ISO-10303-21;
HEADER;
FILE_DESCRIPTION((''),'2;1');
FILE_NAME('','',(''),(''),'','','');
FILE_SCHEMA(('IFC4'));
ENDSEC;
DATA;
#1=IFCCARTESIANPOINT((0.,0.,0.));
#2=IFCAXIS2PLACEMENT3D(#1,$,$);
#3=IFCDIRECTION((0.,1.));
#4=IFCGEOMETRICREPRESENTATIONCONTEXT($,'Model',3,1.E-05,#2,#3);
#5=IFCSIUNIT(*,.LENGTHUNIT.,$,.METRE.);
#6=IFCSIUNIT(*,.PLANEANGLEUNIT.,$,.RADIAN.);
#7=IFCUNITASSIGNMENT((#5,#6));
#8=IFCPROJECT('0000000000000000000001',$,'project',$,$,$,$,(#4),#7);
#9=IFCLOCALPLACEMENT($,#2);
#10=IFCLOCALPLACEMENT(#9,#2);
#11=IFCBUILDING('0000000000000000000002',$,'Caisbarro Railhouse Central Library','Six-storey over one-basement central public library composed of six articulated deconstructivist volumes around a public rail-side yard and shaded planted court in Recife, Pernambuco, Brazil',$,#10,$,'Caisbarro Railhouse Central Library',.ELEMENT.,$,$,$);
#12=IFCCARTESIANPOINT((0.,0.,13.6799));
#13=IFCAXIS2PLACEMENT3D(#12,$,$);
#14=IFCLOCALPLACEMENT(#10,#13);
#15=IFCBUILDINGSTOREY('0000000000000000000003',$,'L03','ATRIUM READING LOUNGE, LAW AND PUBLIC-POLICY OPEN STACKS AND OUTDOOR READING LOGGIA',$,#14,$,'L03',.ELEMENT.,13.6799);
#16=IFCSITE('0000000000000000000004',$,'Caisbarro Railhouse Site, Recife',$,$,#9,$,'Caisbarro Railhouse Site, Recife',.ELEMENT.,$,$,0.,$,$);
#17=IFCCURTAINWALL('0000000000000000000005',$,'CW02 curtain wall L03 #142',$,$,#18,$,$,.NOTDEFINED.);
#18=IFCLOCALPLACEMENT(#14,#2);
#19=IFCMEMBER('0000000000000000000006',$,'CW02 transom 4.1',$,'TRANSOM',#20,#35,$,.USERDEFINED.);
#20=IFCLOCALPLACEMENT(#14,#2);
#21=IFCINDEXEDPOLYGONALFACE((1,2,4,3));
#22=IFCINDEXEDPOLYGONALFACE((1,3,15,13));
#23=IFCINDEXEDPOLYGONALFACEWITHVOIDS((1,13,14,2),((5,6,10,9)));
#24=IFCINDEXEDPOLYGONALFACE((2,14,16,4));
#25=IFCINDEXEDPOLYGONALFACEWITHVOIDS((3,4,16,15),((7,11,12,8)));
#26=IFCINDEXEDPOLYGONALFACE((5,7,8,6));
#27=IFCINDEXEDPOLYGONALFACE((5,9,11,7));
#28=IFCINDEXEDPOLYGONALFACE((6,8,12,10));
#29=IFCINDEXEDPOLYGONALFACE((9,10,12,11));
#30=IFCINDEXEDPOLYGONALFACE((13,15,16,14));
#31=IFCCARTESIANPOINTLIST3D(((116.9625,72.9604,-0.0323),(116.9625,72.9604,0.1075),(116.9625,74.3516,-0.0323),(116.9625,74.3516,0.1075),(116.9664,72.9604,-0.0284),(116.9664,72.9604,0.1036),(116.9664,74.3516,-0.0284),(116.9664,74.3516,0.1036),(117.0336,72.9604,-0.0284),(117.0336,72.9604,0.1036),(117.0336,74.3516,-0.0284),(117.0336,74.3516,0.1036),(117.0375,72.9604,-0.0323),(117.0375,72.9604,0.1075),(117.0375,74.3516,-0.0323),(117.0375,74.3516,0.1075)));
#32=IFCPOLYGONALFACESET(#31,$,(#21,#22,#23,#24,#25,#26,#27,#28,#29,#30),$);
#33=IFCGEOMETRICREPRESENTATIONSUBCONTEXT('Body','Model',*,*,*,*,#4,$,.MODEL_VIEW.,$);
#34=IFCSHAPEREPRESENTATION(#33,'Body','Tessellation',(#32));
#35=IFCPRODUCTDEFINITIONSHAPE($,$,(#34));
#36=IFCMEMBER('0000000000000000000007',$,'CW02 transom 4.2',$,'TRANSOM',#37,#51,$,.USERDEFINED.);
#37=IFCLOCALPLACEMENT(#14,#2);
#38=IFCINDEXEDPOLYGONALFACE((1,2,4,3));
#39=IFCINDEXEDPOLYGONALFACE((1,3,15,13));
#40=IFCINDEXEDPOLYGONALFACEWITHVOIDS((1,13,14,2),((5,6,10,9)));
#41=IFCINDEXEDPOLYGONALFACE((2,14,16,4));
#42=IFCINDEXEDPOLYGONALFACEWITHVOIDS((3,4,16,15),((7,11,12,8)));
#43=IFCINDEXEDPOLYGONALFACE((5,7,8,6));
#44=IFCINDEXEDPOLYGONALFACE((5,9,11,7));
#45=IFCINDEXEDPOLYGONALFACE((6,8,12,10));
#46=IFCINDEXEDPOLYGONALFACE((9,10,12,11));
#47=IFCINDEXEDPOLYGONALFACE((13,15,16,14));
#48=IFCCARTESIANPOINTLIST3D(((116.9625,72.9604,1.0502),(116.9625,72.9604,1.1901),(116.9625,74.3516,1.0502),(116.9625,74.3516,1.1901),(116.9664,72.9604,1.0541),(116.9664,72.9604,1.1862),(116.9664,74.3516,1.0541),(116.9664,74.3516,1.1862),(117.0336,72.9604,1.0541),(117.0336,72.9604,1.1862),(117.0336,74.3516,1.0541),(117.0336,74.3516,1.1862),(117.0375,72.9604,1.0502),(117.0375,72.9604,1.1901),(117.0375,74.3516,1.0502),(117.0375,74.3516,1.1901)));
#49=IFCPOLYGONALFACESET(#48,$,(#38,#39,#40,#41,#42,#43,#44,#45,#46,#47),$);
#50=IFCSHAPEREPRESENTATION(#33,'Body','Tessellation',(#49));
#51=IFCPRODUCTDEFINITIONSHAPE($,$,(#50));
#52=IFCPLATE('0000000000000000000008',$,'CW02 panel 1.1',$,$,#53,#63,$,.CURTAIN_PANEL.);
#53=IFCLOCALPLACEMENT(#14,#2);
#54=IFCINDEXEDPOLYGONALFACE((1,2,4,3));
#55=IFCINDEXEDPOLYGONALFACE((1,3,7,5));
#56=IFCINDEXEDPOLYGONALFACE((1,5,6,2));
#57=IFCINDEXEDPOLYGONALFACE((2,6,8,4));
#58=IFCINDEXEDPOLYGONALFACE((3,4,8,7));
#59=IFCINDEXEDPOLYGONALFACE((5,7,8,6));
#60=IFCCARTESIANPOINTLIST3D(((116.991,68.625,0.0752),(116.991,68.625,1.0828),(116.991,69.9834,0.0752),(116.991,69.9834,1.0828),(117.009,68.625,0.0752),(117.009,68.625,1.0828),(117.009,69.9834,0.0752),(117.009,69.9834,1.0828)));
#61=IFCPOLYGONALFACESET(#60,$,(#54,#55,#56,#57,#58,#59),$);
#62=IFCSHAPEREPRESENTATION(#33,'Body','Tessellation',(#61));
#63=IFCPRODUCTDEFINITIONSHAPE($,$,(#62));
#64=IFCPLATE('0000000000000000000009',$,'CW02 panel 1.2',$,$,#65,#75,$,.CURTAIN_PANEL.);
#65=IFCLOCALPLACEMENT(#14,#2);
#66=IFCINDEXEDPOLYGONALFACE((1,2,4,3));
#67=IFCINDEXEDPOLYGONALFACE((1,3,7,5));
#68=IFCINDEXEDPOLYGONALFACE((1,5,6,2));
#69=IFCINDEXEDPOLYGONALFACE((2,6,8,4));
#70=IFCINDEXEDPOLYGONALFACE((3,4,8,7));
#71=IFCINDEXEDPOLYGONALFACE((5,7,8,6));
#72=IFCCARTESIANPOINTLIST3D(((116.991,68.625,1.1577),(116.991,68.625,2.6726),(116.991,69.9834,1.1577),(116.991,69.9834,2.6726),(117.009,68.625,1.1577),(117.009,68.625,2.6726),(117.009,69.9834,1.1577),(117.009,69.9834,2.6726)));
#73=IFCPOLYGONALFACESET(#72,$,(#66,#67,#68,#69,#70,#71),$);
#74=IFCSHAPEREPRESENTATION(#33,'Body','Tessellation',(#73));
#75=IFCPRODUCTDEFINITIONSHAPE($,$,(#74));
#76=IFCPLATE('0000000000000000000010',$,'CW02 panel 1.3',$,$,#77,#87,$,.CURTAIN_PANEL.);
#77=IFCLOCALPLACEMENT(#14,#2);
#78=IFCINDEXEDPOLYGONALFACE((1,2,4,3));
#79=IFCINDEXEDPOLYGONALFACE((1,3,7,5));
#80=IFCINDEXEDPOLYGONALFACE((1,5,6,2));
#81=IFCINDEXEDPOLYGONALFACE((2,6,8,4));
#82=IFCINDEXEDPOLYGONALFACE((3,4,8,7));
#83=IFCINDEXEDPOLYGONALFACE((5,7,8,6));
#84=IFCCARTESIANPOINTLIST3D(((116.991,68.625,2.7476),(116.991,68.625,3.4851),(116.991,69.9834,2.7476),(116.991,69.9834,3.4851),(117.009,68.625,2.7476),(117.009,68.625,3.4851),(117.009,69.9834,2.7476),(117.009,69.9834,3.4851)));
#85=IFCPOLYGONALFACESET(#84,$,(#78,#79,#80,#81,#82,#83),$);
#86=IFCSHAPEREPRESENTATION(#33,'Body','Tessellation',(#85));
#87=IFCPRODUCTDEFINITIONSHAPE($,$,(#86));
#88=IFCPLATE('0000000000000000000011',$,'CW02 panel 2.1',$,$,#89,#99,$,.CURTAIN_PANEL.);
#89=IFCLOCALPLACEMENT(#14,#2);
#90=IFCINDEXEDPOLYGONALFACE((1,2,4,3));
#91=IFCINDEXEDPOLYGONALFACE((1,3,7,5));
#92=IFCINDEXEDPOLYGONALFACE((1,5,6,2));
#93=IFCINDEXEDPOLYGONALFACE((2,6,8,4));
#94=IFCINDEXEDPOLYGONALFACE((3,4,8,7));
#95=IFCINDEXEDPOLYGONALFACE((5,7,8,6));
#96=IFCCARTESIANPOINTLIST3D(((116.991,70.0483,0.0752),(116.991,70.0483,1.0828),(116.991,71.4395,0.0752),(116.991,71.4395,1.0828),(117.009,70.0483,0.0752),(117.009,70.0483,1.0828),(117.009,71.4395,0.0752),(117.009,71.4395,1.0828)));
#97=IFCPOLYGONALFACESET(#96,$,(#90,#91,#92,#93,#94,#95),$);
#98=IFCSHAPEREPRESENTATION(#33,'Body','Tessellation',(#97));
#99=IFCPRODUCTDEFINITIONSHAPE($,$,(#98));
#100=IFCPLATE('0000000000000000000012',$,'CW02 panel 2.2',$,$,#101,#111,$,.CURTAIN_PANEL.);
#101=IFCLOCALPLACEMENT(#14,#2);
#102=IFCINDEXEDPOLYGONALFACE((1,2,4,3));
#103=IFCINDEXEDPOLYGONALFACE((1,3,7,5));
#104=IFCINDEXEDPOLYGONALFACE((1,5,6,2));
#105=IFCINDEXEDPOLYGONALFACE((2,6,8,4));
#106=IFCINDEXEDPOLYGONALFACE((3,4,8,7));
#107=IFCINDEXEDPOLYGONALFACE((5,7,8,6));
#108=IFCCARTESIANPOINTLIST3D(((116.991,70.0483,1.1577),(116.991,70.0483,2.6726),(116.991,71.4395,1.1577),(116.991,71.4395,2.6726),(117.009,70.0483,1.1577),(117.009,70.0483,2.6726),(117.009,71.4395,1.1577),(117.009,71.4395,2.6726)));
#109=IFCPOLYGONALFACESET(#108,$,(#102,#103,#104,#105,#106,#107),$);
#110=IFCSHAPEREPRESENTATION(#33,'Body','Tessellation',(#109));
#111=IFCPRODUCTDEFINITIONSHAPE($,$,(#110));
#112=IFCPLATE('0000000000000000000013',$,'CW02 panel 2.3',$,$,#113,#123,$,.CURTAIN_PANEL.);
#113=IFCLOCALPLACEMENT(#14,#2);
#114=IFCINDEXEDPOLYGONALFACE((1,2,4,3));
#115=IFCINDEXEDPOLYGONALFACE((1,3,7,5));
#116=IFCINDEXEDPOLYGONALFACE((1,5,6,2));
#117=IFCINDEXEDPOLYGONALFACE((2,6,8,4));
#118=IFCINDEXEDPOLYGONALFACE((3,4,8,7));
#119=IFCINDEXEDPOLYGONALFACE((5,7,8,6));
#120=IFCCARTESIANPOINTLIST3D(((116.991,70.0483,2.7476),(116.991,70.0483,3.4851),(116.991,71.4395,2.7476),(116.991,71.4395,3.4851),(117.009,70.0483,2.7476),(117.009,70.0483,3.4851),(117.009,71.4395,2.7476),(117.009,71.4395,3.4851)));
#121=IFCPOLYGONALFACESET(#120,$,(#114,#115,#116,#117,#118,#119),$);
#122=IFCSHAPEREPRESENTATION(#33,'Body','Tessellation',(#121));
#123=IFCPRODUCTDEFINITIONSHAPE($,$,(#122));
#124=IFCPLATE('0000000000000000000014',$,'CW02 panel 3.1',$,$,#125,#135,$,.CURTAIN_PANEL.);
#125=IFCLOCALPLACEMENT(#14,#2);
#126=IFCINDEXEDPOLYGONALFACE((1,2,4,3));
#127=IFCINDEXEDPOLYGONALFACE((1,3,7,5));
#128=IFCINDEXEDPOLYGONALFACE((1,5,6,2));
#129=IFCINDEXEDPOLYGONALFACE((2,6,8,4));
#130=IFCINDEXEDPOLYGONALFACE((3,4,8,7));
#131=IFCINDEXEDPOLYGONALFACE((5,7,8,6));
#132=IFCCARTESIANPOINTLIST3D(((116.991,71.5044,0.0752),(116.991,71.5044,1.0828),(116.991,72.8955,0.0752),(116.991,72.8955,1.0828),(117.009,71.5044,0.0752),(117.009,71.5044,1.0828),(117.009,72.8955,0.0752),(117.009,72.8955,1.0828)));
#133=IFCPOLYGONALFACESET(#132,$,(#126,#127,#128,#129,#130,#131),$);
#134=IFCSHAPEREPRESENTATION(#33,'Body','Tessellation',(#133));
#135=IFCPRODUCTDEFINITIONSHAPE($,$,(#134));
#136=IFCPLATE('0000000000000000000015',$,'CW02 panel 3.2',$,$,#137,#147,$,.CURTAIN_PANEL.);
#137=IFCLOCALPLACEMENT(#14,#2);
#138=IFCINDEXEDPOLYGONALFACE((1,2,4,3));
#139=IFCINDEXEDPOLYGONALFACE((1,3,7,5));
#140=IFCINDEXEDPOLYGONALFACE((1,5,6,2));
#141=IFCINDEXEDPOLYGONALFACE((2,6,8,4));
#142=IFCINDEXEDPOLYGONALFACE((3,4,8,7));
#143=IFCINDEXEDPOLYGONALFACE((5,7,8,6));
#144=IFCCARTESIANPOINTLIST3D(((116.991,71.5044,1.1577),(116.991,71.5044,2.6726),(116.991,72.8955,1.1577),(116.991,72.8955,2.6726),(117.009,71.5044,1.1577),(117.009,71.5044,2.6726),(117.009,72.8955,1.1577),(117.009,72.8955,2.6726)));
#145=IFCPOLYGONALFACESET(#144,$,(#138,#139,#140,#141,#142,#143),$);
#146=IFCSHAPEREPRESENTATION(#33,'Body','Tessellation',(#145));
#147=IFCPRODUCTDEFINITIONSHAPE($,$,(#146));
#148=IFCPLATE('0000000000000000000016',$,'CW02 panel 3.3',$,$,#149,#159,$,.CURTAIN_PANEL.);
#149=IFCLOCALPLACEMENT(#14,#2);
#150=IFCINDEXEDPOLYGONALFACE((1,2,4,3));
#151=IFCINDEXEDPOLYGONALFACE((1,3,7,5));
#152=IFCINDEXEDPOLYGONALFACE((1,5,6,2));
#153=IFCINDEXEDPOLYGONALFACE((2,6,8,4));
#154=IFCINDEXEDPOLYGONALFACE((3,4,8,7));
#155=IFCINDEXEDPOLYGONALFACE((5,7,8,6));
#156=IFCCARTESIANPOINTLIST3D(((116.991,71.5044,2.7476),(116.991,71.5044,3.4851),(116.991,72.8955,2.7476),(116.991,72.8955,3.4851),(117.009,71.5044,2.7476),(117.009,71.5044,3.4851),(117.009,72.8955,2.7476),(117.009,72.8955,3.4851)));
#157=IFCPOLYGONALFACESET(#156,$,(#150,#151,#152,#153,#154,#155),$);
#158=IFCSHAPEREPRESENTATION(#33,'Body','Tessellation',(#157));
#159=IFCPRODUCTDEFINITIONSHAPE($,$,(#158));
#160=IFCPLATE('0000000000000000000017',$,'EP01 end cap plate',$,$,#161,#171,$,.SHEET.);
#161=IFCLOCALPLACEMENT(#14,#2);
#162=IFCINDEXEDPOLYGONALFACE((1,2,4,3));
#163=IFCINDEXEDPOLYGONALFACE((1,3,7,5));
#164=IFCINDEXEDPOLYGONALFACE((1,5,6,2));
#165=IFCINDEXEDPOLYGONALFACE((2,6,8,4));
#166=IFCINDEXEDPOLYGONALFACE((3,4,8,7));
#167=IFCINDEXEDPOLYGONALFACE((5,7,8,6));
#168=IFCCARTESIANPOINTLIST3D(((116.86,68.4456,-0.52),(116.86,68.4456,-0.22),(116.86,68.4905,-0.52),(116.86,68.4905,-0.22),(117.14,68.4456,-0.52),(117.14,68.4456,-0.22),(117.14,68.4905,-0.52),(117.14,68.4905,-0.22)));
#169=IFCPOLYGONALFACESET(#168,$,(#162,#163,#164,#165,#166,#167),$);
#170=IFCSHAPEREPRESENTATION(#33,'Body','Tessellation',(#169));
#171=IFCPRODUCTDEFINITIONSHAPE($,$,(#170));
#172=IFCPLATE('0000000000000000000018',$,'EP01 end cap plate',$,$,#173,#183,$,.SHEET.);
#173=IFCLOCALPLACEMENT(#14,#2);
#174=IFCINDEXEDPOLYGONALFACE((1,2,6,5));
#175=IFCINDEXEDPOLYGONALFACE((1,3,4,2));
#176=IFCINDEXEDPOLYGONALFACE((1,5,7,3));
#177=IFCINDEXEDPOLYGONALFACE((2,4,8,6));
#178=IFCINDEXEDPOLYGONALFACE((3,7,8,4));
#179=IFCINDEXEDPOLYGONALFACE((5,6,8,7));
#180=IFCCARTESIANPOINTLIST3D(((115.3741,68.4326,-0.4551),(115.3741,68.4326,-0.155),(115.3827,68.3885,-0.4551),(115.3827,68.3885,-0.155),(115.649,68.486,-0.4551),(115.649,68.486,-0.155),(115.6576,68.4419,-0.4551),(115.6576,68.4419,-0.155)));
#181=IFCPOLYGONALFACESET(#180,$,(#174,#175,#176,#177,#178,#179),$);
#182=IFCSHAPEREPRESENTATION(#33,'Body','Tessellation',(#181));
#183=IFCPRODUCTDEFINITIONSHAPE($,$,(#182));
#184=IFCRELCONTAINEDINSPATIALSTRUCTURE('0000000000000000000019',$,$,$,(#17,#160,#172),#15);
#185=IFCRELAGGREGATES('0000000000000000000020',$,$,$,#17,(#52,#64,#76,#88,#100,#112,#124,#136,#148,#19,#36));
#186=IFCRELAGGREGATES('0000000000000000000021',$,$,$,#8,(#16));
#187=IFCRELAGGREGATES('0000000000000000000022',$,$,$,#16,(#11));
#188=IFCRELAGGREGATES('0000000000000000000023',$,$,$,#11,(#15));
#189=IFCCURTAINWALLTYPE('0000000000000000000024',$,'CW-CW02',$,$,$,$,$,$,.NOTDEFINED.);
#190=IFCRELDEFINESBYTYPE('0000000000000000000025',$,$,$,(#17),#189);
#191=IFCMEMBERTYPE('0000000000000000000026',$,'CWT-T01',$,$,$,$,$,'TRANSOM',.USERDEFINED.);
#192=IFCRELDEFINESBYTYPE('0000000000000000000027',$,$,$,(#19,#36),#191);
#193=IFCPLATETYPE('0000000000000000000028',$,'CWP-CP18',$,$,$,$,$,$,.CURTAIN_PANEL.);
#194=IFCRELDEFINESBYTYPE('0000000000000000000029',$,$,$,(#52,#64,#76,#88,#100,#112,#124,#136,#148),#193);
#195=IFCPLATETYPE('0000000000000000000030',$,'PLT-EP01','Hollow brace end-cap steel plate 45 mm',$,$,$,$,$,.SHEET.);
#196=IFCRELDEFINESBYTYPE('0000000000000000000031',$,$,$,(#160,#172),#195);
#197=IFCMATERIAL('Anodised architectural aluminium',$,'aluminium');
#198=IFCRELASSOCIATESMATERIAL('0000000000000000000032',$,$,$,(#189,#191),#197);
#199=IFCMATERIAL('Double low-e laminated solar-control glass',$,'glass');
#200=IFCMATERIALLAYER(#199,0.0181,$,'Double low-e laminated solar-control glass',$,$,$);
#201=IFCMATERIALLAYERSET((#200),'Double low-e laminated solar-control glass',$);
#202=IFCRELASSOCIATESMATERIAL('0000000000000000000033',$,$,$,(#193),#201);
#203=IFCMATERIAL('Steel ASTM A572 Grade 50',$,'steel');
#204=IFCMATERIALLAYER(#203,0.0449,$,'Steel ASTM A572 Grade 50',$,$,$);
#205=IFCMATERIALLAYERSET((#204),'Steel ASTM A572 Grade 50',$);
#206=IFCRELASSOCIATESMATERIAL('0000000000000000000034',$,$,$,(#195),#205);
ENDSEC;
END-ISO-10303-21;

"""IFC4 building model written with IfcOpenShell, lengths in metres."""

from ifc_helpers import new_model, si_unit, direction, frame, origin, origin_2d, place, context, subcontext, project, spatial, rectangle, hollow_rectangle, extrude, material, layer, layer_set, material_profile, profile_set, type_object, element, aggregate, save


model = new_model("IFC4")

# Units and contexts
model_context = context("Model", 3, precision=1e-05, world=origin(), true_north=direction((0.0, 1.0)))
body_context = subcontext(model_context, "Body", "Model", "MODEL_VIEW")
ifc_project = project(units=[si_unit("LENGTHUNIT", "METRE"), si_unit("PLANEANGLEUNIT", "RADIAN")], contexts=[model_context])

# Site, building, storey
site_placement = place(None, origin())
site = spatial("IfcSite", under=ifc_project, at=site_placement, Name="Caisbarro Railhouse Site, Recife", LongName="Caisbarro Railhouse Site, Recife", CompositionType="ELEMENT", RefElevation=0.0)
building_placement = place(site_placement, origin())
building = spatial("IfcBuilding", under=site, at=building_placement, Name="Caisbarro Railhouse Central Library", Description="Six-storey over one-basement central public library composed of six articulated deconstructivist volumes around a public rail-side yard and shaded planted court in Recife, Pernambuco, Brazil", LongName="Caisbarro Railhouse Central Library", CompositionType="ELEMENT")
storey_placement = place(building_placement, frame((0.0, 0.0, 13.6799)))
storey = spatial("IfcBuildingStorey", under=building, at=storey_placement, Name="L03", Description="ATRIUM READING LOUNGE, LAW AND PUBLIC-POLICY OPEN STACKS AND OUTDOOR READING LOGGIA", LongName="L03", CompositionType="ELEMENT", Elevation=13.6799)

# Shared definitions
ifc_material_1 = material(Name="Steel ASTM A572 Grade 50", Category="steel")

# Curtain wall, members, plates
ifc_material_2 = material(Name="Anodised architectural aluminium", Category="aluminium")
curtain_wall_type = type_object("IfcCurtainWallType", Name="CW-CW02", PredefinedType="NOTDEFINED", material=ifc_material_2)
curtain_wall_placement = place(storey_placement, origin())
curtain_wall = element("IfcCurtainWall", 1, at=curtain_wall_placement, inside=storey, type_object=curtain_wall_type, Name="CW02 curtain wall L03 #142", PredefinedType="NOTDEFINED")
ifc_material_profile_1 = material_profile(ifc_material_2, hollow_rectangle(XDim=0.075, YDim=0.1399, WallThickness=0.0039, at=origin_2d()), Name="ALU-TRN-75X140")
ifc_profile_set_1 = profile_set([ifc_material_profile_1], Name="Anodised architectural aluminium")
member_type_1 = type_object("IfcMemberType", Name="CWT-T01", ElementType="TRANSOM", PredefinedType="USERDEFINED", material=ifc_profile_set_1)
member_1_placement = place(storey_placement, frame((117.0, 72.9604, 0.0376), z_axis=(0.0, 1.0, 0.0), x_axis=(-1.0, 0.0, 0.0)))
member_1 = element("IfcMember", 2, at=member_1_placement, type_object=member_type_1, Name="CW02 transom 4.1", ObjectType="TRANSOM", PredefinedType="USERDEFINED", context=body_context, shape_type="SweptSolid", body=[
    extrude(hollow_rectangle(XDim=0.075, YDim=0.1399, WallThickness=0.0039, at=origin_2d()), origin(), (0.0, 0.0, 1.0), 1.3911),
])
member_2_placement = place(storey_placement, frame((117.0, 72.9604, 1.1201), z_axis=(0.0, 1.0, 0.0), x_axis=(-1.0, 0.0, 0.0)))
member_2 = element("IfcMember", 3, at=member_2_placement, type_object=member_type_1, Name="CW02 transom 4.2", ObjectType="TRANSOM", PredefinedType="USERDEFINED", context=body_context, shape_type="SweptSolid", body=[
    extrude(hollow_rectangle(XDim=0.075, YDim=0.1399, WallThickness=0.0039, at=origin_2d()), origin(), (0.0, 0.0, 1.0), 1.3911),
])
ifc_material_3 = material(Name="Double low-e laminated solar-control glass", Category="glass")
ifc_layer_1 = layer(ifc_material_3, 0.0181, Name="Double low-e laminated solar-control glass")
ifc_layer_set_1 = layer_set([ifc_layer_1], Name="Double low-e laminated solar-control glass")
plate_type_1 = type_object("IfcPlateType", Name="CWP-CP18", PredefinedType="CURTAIN_PANEL", material=ifc_layer_set_1)
plate_1_placement = place(storey_placement, frame((117.0, 69.3042, 0.0752), z_axis=(0.0, 0.0, 1.0), x_axis=(0.0, 1.0, 0.0)))
plate_1 = element("IfcPlate", 4, at=plate_1_placement, type_object=plate_type_1, Name="CW02 panel 1.1", PredefinedType="CURTAIN_PANEL", context=body_context, shape_type="SweptSolid", body=[
    extrude(rectangle(XDim=1.3584, YDim=0.0181, at=origin_2d()), origin(), (0.0, 0.0, 1.0), 1.0076),
])
plate_2_placement = place(storey_placement, frame((117.0, 69.3042, 1.1577), z_axis=(0.0, 0.0, 1.0), x_axis=(0.0, 1.0, 0.0)))
plate_2 = element("IfcPlate", 5, at=plate_2_placement, type_object=plate_type_1, Name="CW02 panel 1.2", PredefinedType="CURTAIN_PANEL", context=body_context, shape_type="SweptSolid", body=[
    extrude(rectangle(XDim=1.3584, YDim=0.0181, at=origin_2d()), origin(), (0.0, 0.0, 1.0), 1.5149),
])
plate_3_placement = place(storey_placement, frame((117.0, 69.3042, 2.7476), z_axis=(0.0, 0.0, 1.0), x_axis=(0.0, 1.0, 0.0)))
plate_3 = element("IfcPlate", 6, at=plate_3_placement, type_object=plate_type_1, Name="CW02 panel 1.3", PredefinedType="CURTAIN_PANEL", context=body_context, shape_type="SweptSolid", body=[
    extrude(rectangle(XDim=1.3584, YDim=0.0181, at=origin_2d()), origin(), (0.0, 0.0, 1.0), 0.7375),
])
plate_4_placement = place(storey_placement, frame((117.0, 70.7439, 0.0752), z_axis=(0.0, 0.0, 1.0), x_axis=(0.0, 1.0, 0.0)))
plate_4 = element("IfcPlate", 7, at=plate_4_placement, type_object=plate_type_1, Name="CW02 panel 2.1", PredefinedType="CURTAIN_PANEL", context=body_context, shape_type="SweptSolid", body=[
    extrude(rectangle(XDim=1.3911, YDim=0.0181, at=origin_2d()), origin(), (0.0, 0.0, 1.0), 1.0076),
])
plate_5_placement = place(storey_placement, frame((117.0, 70.7439, 1.1577), z_axis=(0.0, 0.0, 1.0), x_axis=(0.0, 1.0, 0.0)))
plate_5 = element("IfcPlate", 8, at=plate_5_placement, type_object=plate_type_1, Name="CW02 panel 2.2", PredefinedType="CURTAIN_PANEL", context=body_context, shape_type="SweptSolid", body=[
    extrude(rectangle(XDim=1.3911, YDim=0.0181, at=origin_2d()), origin(), (0.0, 0.0, 1.0), 1.5149),
])
plate_6_placement = place(storey_placement, frame((117.0, 70.7439, 2.7476), z_axis=(0.0, 0.0, 1.0), x_axis=(0.0, 1.0, 0.0)))
plate_6 = element("IfcPlate", 9, at=plate_6_placement, type_object=plate_type_1, Name="CW02 panel 2.3", PredefinedType="CURTAIN_PANEL", context=body_context, shape_type="SweptSolid", body=[
    extrude(rectangle(XDim=1.3911, YDim=0.0181, at=origin_2d()), origin(), (0.0, 0.0, 1.0), 0.7375),
])
plate_7_placement = place(storey_placement, frame((117.0, 72.2, 0.0752), z_axis=(0.0, 0.0, 1.0), x_axis=(0.0, 1.0, 0.0)))
plate_7 = element("IfcPlate", 10, at=plate_7_placement, type_object=plate_type_1, Name="CW02 panel 3.1", PredefinedType="CURTAIN_PANEL", context=body_context, shape_type="SweptSolid", body=[
    extrude(rectangle(XDim=1.3911, YDim=0.0181, at=origin_2d()), origin(), (0.0, 0.0, 1.0), 1.0076),
])
plate_8_placement = place(storey_placement, frame((117.0, 72.2, 1.1577), z_axis=(0.0, 0.0, 1.0), x_axis=(0.0, 1.0, 0.0)))
plate_8 = element("IfcPlate", 11, at=plate_8_placement, type_object=plate_type_1, Name="CW02 panel 3.2", PredefinedType="CURTAIN_PANEL", context=body_context, shape_type="SweptSolid", body=[
    extrude(rectangle(XDim=1.3911, YDim=0.0181, at=origin_2d()), origin(), (0.0, 0.0, 1.0), 1.5149),
])
plate_9_placement = place(storey_placement, frame((117.0, 72.2, 2.7476), z_axis=(0.0, 0.0, 1.0), x_axis=(0.0, 1.0, 0.0)))
plate_9 = element("IfcPlate", 12, at=plate_9_placement, type_object=plate_type_1, Name="CW02 panel 3.3", PredefinedType="CURTAIN_PANEL", context=body_context, shape_type="SweptSolid", body=[
    extrude(rectangle(XDim=1.3911, YDim=0.0181, at=origin_2d()), origin(), (0.0, 0.0, 1.0), 0.7375),
])
aggregate(curtain_wall, [plate_1, plate_2, plate_3, plate_4, plate_5, plate_6, plate_7, plate_8, plate_9, member_1, member_2])

# Plates
ifc_layer_2 = layer(ifc_material_1, 0.0449, Name="Steel ASTM A572 Grade 50")
ifc_layer_set_2 = layer_set([ifc_layer_2], Name="Steel ASTM A572 Grade 50")
plate_type_2 = type_object("IfcPlateType", Name="PLT-EP01", Description="Hollow brace end-cap steel plate 45 mm", PredefinedType="SHEET", material=ifc_layer_set_2)
for number, where, z_axis, x_axis, name in (
    (13, (117.0, 68.468, -0.52), (0.0, 0.0, 1.0), (0.0, 1.0, 0.0), "EP01 end cap plate"),
    (14, (115.5159, 68.4373, -0.4551), (0.0, 0.0, 1.0), (-0.19098, 0.981594, 0.0), "EP01 end cap plate"),
):
    element("IfcPlate", number, at=place(storey_placement, frame(where, z_axis=z_axis, x_axis=x_axis)), inside=storey, type_object=plate_type_2, Name=name, PredefinedType="SHEET", context=body_context, shape_type="SweptSolid", body=[
        extrude(rectangle(XDim=0.0449, YDim=0.28, at=origin_2d()), origin(), (0.0, 0.0, 1.0), 0.3),
    ])

save(model, "model.ifc")
